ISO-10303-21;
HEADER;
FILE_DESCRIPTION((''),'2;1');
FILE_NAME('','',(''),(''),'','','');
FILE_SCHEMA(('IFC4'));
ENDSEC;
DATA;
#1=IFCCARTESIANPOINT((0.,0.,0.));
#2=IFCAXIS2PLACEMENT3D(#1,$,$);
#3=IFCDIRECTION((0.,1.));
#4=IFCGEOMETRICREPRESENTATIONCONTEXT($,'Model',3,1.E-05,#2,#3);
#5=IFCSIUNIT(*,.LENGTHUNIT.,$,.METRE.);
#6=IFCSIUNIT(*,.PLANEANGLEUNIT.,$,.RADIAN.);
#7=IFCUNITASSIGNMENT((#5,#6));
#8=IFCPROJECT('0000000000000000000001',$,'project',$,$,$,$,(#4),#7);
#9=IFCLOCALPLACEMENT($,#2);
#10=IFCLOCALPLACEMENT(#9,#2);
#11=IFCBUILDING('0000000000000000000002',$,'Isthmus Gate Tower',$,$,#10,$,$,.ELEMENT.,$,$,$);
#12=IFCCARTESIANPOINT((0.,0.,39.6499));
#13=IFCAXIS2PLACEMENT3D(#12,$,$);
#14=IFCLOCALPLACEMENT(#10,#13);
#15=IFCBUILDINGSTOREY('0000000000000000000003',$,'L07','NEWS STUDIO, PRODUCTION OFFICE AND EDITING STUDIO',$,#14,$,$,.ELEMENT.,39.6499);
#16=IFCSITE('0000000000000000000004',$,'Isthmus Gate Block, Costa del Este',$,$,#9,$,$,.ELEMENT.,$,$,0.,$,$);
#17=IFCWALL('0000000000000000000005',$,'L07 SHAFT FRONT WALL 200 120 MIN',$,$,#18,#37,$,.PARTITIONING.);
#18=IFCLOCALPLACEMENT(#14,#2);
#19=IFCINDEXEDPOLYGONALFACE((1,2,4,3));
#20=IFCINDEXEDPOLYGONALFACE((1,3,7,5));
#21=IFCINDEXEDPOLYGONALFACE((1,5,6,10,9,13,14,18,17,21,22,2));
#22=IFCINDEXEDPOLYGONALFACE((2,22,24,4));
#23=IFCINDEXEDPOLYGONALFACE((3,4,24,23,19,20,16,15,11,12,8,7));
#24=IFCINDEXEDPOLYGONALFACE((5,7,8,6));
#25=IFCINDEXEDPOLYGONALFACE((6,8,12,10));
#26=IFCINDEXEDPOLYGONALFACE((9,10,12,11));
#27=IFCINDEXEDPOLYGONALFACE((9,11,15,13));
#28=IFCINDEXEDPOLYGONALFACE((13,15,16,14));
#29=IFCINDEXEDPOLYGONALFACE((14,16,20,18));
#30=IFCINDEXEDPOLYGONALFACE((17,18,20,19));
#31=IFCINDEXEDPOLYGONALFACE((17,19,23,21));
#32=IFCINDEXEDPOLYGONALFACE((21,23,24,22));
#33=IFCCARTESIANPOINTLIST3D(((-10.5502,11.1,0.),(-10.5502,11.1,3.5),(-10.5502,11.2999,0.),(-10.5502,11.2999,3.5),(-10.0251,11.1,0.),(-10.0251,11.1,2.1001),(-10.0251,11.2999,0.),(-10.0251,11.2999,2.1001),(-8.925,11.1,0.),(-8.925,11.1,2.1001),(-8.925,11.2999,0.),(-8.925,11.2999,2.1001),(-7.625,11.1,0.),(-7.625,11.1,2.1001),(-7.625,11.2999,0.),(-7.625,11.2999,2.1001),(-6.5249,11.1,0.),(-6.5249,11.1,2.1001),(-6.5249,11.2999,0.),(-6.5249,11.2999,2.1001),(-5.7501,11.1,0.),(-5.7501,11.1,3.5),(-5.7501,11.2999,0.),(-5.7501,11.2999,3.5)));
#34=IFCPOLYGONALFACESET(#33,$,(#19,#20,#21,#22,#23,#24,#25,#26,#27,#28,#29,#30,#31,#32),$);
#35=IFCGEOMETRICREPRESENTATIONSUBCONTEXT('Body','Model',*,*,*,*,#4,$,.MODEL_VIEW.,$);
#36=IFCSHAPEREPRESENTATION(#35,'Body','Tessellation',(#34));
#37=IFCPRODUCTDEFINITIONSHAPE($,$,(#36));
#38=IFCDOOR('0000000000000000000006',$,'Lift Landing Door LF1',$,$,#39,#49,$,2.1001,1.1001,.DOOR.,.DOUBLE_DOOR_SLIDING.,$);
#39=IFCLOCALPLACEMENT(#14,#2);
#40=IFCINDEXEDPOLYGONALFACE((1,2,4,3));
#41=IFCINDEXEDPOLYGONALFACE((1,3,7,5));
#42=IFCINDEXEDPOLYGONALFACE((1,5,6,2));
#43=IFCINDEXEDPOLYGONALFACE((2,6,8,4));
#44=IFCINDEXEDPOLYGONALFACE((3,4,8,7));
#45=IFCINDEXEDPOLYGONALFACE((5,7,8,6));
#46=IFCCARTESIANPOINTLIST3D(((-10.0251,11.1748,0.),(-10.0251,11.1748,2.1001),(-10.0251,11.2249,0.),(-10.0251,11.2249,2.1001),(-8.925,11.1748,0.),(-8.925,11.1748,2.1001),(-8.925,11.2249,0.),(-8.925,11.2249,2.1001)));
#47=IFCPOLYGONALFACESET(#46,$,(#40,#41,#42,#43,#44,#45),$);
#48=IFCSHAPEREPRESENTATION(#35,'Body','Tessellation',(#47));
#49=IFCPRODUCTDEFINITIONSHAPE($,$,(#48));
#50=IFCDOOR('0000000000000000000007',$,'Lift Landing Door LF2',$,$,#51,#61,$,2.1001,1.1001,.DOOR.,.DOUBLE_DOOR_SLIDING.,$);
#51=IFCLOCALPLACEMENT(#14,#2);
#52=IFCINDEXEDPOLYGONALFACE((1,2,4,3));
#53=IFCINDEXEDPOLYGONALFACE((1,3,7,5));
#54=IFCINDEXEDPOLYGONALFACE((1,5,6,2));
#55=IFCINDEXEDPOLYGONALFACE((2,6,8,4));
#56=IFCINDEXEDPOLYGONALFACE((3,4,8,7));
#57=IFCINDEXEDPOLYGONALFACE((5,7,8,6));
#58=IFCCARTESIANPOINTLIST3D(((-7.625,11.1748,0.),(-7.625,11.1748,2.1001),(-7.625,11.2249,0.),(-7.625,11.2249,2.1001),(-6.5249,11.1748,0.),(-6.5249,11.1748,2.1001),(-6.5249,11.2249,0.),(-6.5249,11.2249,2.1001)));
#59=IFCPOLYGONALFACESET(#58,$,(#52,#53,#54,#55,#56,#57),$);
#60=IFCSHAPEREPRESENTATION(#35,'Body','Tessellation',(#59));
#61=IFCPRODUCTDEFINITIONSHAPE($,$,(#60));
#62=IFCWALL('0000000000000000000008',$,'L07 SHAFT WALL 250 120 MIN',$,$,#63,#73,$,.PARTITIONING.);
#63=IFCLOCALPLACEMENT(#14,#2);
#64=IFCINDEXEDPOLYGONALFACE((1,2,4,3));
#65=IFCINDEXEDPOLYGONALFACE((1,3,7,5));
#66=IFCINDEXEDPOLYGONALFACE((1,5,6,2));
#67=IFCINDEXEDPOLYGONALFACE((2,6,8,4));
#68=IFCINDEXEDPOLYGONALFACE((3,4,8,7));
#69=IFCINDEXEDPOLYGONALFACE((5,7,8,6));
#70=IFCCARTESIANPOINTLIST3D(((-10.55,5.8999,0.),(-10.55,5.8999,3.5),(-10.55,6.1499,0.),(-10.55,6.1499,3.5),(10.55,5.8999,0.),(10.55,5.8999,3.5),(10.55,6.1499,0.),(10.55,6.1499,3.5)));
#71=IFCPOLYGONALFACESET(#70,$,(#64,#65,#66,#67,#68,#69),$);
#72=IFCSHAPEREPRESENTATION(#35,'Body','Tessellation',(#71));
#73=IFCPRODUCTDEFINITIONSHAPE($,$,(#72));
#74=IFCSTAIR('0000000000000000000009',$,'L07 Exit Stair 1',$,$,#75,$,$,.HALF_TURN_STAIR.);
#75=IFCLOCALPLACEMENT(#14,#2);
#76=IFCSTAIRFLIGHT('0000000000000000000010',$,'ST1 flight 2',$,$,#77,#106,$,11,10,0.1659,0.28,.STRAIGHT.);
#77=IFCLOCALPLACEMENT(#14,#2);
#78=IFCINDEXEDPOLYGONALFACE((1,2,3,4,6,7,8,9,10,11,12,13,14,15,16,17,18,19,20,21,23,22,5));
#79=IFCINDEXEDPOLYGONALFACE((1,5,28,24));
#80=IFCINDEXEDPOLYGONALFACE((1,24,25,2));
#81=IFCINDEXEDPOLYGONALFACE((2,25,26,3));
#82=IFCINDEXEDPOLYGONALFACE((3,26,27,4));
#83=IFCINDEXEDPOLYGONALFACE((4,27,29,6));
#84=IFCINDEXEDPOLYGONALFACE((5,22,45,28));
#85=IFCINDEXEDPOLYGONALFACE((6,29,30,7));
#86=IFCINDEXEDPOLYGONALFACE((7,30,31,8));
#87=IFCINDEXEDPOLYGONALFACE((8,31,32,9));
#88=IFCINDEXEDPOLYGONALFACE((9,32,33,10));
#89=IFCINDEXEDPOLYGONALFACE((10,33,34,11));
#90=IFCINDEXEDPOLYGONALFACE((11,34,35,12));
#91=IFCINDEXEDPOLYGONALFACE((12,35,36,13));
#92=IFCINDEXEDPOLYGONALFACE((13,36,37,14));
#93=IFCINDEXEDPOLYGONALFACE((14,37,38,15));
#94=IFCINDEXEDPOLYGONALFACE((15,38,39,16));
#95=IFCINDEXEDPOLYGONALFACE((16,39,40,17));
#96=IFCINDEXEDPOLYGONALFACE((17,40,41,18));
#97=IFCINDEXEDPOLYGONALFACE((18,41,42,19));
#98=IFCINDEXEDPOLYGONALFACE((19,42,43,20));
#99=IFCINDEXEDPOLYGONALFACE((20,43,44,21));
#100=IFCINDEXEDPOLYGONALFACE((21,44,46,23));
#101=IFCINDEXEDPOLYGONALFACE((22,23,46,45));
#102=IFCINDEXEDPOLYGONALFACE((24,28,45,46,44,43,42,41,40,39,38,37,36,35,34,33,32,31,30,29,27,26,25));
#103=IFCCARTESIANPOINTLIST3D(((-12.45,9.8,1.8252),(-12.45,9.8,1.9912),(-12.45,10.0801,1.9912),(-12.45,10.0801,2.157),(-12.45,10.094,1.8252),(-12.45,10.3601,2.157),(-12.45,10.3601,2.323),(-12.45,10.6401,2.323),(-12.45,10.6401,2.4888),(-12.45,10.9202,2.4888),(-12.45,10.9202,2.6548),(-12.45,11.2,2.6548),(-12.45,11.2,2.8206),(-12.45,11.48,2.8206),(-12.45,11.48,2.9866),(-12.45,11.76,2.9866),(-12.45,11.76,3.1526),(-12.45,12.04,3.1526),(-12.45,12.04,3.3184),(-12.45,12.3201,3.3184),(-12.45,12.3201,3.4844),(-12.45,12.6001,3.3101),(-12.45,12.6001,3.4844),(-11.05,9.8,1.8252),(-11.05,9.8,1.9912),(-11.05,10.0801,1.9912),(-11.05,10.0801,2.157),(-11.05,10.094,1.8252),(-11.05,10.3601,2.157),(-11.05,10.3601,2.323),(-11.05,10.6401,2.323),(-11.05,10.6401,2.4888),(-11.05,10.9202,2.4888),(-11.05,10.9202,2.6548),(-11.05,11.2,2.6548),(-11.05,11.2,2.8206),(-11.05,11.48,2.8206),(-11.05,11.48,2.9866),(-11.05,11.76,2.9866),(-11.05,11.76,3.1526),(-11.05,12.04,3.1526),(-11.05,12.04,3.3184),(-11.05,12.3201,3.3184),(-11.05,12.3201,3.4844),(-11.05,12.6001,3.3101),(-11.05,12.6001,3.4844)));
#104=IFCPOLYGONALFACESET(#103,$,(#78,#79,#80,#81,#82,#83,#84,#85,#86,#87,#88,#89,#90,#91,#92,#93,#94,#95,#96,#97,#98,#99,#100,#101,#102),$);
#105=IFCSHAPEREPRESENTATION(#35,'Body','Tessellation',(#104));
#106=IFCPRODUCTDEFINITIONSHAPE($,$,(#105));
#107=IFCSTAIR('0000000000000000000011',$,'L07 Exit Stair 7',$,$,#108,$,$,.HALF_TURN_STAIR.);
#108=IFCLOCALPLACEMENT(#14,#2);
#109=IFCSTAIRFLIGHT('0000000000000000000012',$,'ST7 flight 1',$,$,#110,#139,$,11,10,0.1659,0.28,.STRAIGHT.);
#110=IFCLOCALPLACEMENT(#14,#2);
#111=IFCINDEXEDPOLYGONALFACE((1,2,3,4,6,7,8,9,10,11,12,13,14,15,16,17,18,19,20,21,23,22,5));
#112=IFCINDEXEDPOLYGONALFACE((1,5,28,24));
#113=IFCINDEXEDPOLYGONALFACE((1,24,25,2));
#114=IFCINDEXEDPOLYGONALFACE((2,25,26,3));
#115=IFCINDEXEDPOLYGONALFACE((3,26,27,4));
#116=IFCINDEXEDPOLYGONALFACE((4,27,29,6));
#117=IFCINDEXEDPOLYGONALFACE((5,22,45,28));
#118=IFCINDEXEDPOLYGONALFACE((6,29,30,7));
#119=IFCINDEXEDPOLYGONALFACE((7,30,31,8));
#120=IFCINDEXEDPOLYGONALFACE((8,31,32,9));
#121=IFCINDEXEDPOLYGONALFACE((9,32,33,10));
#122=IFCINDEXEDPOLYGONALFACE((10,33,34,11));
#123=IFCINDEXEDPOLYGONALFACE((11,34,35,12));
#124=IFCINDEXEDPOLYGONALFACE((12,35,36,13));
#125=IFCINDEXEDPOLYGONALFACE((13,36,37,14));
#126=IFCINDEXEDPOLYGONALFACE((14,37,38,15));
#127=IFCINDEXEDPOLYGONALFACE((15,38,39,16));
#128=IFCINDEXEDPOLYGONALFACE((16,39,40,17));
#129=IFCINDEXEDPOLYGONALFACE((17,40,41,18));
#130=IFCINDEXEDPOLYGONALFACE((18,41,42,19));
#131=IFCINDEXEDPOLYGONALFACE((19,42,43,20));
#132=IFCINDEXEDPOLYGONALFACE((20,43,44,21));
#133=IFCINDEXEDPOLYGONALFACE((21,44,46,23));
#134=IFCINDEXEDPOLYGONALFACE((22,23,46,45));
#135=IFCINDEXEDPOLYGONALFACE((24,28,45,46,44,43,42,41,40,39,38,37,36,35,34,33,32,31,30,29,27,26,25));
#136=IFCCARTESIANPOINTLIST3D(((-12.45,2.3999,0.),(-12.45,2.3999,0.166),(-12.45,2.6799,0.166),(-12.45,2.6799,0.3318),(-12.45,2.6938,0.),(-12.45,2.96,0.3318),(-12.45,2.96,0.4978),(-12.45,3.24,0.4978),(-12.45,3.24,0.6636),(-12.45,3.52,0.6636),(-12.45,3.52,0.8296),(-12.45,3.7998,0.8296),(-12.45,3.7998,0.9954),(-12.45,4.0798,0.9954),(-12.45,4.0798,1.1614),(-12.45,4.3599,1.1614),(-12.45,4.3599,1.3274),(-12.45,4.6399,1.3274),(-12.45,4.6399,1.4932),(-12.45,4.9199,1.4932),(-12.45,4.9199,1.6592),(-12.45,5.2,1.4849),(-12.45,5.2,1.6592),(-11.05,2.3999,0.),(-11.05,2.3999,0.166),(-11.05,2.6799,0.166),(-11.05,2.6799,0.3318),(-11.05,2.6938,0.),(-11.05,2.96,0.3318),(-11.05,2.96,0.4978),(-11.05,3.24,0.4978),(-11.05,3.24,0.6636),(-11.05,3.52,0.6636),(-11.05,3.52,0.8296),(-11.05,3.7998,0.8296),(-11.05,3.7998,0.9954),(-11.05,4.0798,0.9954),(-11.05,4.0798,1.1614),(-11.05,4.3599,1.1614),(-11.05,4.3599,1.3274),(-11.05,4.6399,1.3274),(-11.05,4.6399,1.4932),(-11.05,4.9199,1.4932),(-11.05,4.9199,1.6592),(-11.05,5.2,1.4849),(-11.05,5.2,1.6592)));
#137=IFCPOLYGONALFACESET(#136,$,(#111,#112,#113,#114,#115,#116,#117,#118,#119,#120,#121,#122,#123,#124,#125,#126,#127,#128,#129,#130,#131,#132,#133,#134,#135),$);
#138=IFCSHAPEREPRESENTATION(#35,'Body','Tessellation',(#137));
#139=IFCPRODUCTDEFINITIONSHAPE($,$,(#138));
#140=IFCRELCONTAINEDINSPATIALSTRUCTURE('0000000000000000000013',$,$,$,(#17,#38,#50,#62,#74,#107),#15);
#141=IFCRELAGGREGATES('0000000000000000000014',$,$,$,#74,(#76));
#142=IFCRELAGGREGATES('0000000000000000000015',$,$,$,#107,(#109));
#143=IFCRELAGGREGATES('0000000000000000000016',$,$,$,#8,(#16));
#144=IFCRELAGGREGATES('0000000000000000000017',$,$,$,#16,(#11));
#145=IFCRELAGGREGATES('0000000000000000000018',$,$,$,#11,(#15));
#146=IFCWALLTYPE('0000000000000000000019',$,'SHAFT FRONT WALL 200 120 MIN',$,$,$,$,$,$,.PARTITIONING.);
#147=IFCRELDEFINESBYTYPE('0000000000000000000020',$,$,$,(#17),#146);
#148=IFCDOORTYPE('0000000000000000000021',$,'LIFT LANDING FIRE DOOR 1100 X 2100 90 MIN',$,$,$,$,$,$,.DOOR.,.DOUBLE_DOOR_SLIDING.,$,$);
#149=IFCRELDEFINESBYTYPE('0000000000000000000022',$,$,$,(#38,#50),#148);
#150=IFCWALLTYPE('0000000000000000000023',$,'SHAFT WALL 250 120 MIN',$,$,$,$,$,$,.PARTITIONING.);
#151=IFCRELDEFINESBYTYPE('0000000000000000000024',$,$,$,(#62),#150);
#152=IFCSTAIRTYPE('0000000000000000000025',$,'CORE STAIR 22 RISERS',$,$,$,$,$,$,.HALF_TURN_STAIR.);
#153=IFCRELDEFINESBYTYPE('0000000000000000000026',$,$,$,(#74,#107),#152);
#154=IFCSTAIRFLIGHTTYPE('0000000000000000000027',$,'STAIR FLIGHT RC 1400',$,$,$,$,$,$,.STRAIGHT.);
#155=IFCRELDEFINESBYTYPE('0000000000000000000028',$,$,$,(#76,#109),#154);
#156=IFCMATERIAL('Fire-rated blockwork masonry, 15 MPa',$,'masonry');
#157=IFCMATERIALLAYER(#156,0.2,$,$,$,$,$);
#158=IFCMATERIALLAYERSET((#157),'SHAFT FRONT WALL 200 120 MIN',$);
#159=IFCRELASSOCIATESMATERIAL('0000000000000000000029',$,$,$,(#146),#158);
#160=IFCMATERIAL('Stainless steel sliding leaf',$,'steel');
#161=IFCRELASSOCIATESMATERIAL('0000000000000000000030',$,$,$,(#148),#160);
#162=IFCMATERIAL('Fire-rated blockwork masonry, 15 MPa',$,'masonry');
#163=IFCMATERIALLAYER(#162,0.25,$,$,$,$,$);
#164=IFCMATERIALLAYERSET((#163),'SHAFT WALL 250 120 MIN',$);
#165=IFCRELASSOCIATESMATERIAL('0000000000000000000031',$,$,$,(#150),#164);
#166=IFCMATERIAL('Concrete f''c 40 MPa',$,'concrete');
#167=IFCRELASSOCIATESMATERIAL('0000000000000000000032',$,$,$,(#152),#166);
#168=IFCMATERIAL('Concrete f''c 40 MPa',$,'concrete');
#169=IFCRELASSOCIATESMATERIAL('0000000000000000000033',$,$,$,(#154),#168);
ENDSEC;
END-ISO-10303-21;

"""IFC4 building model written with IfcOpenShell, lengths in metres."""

from ifc_helpers import new_model, si_unit, direction, frame, frame_2d, origin, place, context, subcontext, project, spatial, polyline, rectangle, outline, extrude, material, layer, layer_set, type_object, element, fill, aggregate, save


model = new_model("IFC4")

# Units and contexts
model_context = context("Model", 3, precision=1e-05, world=origin(), true_north=direction((0.0, 1.0)))
body_context = subcontext(model_context, "Body", "Model", "MODEL_VIEW")
ifc_project = project(units=[si_unit("LENGTHUNIT", "METRE"), si_unit("PLANEANGLEUNIT", "RADIAN")], contexts=[model_context])

# Site, building, storey
site_placement = place(None, origin())
site = spatial("IfcSite", under=ifc_project, at=site_placement, Name="Isthmus Gate Block, Costa del Este", CompositionType="ELEMENT", RefElevation=0.0)
building_placement = place(site_placement, origin())
building = spatial("IfcBuilding", under=site, at=building_placement, Name="Isthmus Gate Tower", CompositionType="ELEMENT")
storey_placement = place(building_placement, frame((0.0, 0.0, 39.6499)))
storey = spatial("IfcBuildingStorey", under=building, at=storey_placement, Name="L07", Description="NEWS STUDIO, PRODUCTION OFFICE AND EDITING STUDIO", CompositionType="ELEMENT", Elevation=39.6499)

# Wall, openings, doors
ifc_material_1 = material(Name="Fire-rated blockwork masonry, 15 MPa", Category="masonry")
ifc_layer_1 = layer(ifc_material_1, 0.2)
ifc_layer_set_1 = layer_set([ifc_layer_1], Name="SHAFT FRONT WALL 200 120 MIN")
wall_type_1 = type_object("IfcWallType", Name="SHAFT FRONT WALL 200 120 MIN", PredefinedType="PARTITIONING", material=ifc_layer_set_1)
wall_1_placement = place(storey_placement, frame((-10.55, 11.2, 0.0), z_axis=(0.0, 0.0, 1.0), x_axis=(1.0, 0.0, 0.0)))
wall_1 = element("IfcWall", 1, at=wall_1_placement, inside=storey, type_object=wall_type_1, Name="L07 SHAFT FRONT WALL 200 120 MIN", PredefinedType="PARTITIONING", context=body_context, shape_type="SweptSolid", body=[
    extrude(rectangle(XDim=4.8, YDim=0.2, at=frame_2d((2.3999, 0.0))), origin(), (0.0, 0.0, 1.0), 3.5),
])
opening_1_placement = place(wall_1_placement, frame((0.5249, 0.0, 0.0)))
opening_1 = element("IfcOpeningElement", 2, at=opening_1_placement, cuts=wall_1, PredefinedType="OPENING", context=body_context, shape_type="SweptSolid", body=[
    extrude(rectangle(XDim=1.1001, YDim=2.1001, at=frame_2d((0.55, 1.05))), frame((0.0, 0.1099, 0.0), z_axis=(0.0, -1.0, 0.0), x_axis=(1.0, 0.0, 0.0)), (0.0, 0.0, 1.0), 0.22),
])
opening_2_placement = place(wall_1_placement, frame((2.925, 0.0, 0.0)))
opening_2 = element("IfcOpeningElement", 3, at=opening_2_placement, cuts=wall_1, PredefinedType="OPENING", context=body_context, shape_type="SweptSolid", body=[
    extrude(rectangle(XDim=1.1001, YDim=2.1001, at=frame_2d((0.55, 1.05))), frame((0.0, 0.1099, 0.0), z_axis=(0.0, -1.0, 0.0), x_axis=(1.0, 0.0, 0.0)), (0.0, 0.0, 1.0), 0.22),
])
ifc_material_2 = material(Name="Stainless steel sliding leaf", Category="steel")
door_type_1 = type_object("IfcDoorType", Name="LIFT LANDING FIRE DOOR 1100 X 2100 90 MIN", OperationType="DOUBLE_DOOR_SLIDING", PredefinedType="DOOR", material=ifc_material_2)
door_1_placement = place(opening_1_placement, origin())
door_1 = element("IfcDoor", 4, at=door_1_placement, inside=storey, type_object=door_type_1, Name="Lift Landing Door LF1", OperationType="DOUBLE_DOOR_SLIDING", OverallHeight=2.1001, OverallWidth=1.1001, PredefinedType="DOOR", context=body_context, shape_type="SweptSolid", body=[
    extrude(rectangle(XDim=1.1001, YDim=2.1001, at=frame_2d((0.55, 1.05))), frame((0.0, 0.0249, 0.0), z_axis=(0.0, -1.0, 0.0), x_axis=(1.0, 0.0, 0.0)), (0.0, 0.0, 1.0), 0.05),
])
fill(opening_1, door_1)
door_2_placement = place(opening_2_placement, origin())
door_2 = element("IfcDoor", 5, at=door_2_placement, inside=storey, type_object=door_type_1, Name="Lift Landing Door LF2", OperationType="DOUBLE_DOOR_SLIDING", OverallHeight=2.1001, OverallWidth=1.1001, PredefinedType="DOOR", context=body_context, shape_type="SweptSolid", body=[
    extrude(rectangle(XDim=1.1001, YDim=2.1001, at=frame_2d((0.55, 1.05))), frame((0.0, 0.0249, 0.0), z_axis=(0.0, -1.0, 0.0), x_axis=(1.0, 0.0, 0.0)), (0.0, 0.0, 1.0), 0.05),
])
fill(opening_2, door_2)

# Wall
ifc_material_3 = material(Name="Fire-rated blockwork masonry, 15 MPa", Category="masonry")
ifc_layer_2 = layer(ifc_material_3, 0.25)
ifc_layer_set_2 = layer_set([ifc_layer_2], Name="SHAFT WALL 250 120 MIN")
wall_type_2 = type_object("IfcWallType", Name="SHAFT WALL 250 120 MIN", PredefinedType="PARTITIONING", material=ifc_layer_set_2)
wall_2_placement = place(storey_placement, frame((-10.55, 6.0249, 0.0), z_axis=(0.0, 0.0, 1.0), x_axis=(1.0, 0.0, 0.0)))
element("IfcWall", 6, at=wall_2_placement, inside=storey, type_object=wall_type_2, Name="L07 SHAFT WALL 250 120 MIN", PredefinedType="PARTITIONING", context=body_context, shape_type="SweptSolid", body=[
    extrude(rectangle(XDim=21.1001, YDim=0.25, at=frame_2d((10.55, 0.0))), origin(), (0.0, 0.0, 1.0), 3.5),
])

# Stairs, stair flights
ifc_material_4 = material(Name="Concrete f'c 40 MPa", Category="concrete")
stair_type = type_object("IfcStairType", Name="CORE STAIR 22 RISERS", PredefinedType="HALF_TURN_STAIR", material=ifc_material_4)
stair_1_placement = place(storey_placement, origin())
stair_1 = element("IfcStair", 7, at=stair_1_placement, inside=storey, type_object=stair_type, Name="L07 Exit Stair 1", PredefinedType="HALF_TURN_STAIR")
ifc_material_5 = material(Name="Concrete f'c 40 MPa", Category="concrete")
stair_flight_type = type_object("IfcStairFlightType", Name="STAIR FLIGHT RC 1400", PredefinedType="STRAIGHT", material=ifc_material_5)
stair_flight_1_placement = place(storey_placement, frame((-11.75, 9.8, 1.8252), z_axis=(0.0, 0.0, 1.0), x_axis=(0.0, 1.0, 0.0)))
stair_flight_1 = element("IfcStairFlight", 8, at=stair_flight_1_placement, type_object=stair_flight_type, Name="ST1 flight 2", NumberOfRisers=11, NumberOfTreads=10, PredefinedType="STRAIGHT", RiserHeight=0.1659, TreadLength=0.28, context=body_context, shape_type="SweptSolid", body=[
    extrude(outline(polyline([(0.0, 0.0), (0.0, 0.166), (0.28, 0.166), (0.28, 0.3318), (0.5601, 0.3318), (0.5601, 0.4978), (0.8401, 0.4978), (0.8401, 0.6636), (1.1201, 0.6636), (1.1201, 0.8296), (1.3999, 0.8296), (1.3999, 0.9954), (1.6799, 0.9954), (1.6799, 1.1614), (1.96, 1.1614), (1.96, 1.3274), (2.24, 1.3274), (2.24, 1.4932), (2.52, 1.4932), (2.52, 1.6592), (2.8, 1.6592), (2.8, 1.825), (2.8, 1.4849), (0.2939, 0.0), (0.0, 0.0)])), frame((0.0, 0.7, 0.0), z_axis=(0.0, -1.0, 0.0), x_axis=(1.0, 0.0, 0.0)), (0.0, 0.0, 1.0), 1.3999),
])
aggregate(stair_1, [stair_flight_1])
stair_2_placement = place(storey_placement, origin())
stair_2 = element("IfcStair", 9, at=stair_2_placement, inside=storey, type_object=stair_type, Name="L07 Exit Stair 7", PredefinedType="HALF_TURN_STAIR")
stair_flight_2_placement = place(storey_placement, frame((-11.75, 2.3999, 0.0), z_axis=(0.0, 0.0, 1.0), x_axis=(0.0, 1.0, 0.0)))
stair_flight_2 = element("IfcStairFlight", 10, at=stair_flight_2_placement, type_object=stair_flight_type, Name="ST7 flight 1", NumberOfRisers=11, NumberOfTreads=10, PredefinedType="STRAIGHT", RiserHeight=0.1659, TreadLength=0.28, context=body_context, shape_type="SweptSolid", body=[
    extrude(outline(polyline([(0.0, 0.0), (0.0, 0.166), (0.28, 0.166), (0.28, 0.3318), (0.5601, 0.3318), (0.5601, 0.4978), (0.8401, 0.4978), (0.8401, 0.6636), (1.1201, 0.6636), (1.1201, 0.8296), (1.3999, 0.8296), (1.3999, 0.9954), (1.6799, 0.9954), (1.6799, 1.1614), (1.96, 1.1614), (1.96, 1.3274), (2.24, 1.3274), (2.24, 1.4932), (2.52, 1.4932), (2.52, 1.6592), (2.8, 1.6592), (2.8, 1.825), (2.8, 1.4849), (0.2939, 0.0), (0.0, 0.0)])), frame((0.0, 0.7, 0.0), z_axis=(0.0, -1.0, 0.0), x_axis=(1.0, 0.0, 0.0)), (0.0, 0.0, 1.0), 1.3999),
])
aggregate(stair_2, [stair_flight_2])

save(model, "model.ifc")
